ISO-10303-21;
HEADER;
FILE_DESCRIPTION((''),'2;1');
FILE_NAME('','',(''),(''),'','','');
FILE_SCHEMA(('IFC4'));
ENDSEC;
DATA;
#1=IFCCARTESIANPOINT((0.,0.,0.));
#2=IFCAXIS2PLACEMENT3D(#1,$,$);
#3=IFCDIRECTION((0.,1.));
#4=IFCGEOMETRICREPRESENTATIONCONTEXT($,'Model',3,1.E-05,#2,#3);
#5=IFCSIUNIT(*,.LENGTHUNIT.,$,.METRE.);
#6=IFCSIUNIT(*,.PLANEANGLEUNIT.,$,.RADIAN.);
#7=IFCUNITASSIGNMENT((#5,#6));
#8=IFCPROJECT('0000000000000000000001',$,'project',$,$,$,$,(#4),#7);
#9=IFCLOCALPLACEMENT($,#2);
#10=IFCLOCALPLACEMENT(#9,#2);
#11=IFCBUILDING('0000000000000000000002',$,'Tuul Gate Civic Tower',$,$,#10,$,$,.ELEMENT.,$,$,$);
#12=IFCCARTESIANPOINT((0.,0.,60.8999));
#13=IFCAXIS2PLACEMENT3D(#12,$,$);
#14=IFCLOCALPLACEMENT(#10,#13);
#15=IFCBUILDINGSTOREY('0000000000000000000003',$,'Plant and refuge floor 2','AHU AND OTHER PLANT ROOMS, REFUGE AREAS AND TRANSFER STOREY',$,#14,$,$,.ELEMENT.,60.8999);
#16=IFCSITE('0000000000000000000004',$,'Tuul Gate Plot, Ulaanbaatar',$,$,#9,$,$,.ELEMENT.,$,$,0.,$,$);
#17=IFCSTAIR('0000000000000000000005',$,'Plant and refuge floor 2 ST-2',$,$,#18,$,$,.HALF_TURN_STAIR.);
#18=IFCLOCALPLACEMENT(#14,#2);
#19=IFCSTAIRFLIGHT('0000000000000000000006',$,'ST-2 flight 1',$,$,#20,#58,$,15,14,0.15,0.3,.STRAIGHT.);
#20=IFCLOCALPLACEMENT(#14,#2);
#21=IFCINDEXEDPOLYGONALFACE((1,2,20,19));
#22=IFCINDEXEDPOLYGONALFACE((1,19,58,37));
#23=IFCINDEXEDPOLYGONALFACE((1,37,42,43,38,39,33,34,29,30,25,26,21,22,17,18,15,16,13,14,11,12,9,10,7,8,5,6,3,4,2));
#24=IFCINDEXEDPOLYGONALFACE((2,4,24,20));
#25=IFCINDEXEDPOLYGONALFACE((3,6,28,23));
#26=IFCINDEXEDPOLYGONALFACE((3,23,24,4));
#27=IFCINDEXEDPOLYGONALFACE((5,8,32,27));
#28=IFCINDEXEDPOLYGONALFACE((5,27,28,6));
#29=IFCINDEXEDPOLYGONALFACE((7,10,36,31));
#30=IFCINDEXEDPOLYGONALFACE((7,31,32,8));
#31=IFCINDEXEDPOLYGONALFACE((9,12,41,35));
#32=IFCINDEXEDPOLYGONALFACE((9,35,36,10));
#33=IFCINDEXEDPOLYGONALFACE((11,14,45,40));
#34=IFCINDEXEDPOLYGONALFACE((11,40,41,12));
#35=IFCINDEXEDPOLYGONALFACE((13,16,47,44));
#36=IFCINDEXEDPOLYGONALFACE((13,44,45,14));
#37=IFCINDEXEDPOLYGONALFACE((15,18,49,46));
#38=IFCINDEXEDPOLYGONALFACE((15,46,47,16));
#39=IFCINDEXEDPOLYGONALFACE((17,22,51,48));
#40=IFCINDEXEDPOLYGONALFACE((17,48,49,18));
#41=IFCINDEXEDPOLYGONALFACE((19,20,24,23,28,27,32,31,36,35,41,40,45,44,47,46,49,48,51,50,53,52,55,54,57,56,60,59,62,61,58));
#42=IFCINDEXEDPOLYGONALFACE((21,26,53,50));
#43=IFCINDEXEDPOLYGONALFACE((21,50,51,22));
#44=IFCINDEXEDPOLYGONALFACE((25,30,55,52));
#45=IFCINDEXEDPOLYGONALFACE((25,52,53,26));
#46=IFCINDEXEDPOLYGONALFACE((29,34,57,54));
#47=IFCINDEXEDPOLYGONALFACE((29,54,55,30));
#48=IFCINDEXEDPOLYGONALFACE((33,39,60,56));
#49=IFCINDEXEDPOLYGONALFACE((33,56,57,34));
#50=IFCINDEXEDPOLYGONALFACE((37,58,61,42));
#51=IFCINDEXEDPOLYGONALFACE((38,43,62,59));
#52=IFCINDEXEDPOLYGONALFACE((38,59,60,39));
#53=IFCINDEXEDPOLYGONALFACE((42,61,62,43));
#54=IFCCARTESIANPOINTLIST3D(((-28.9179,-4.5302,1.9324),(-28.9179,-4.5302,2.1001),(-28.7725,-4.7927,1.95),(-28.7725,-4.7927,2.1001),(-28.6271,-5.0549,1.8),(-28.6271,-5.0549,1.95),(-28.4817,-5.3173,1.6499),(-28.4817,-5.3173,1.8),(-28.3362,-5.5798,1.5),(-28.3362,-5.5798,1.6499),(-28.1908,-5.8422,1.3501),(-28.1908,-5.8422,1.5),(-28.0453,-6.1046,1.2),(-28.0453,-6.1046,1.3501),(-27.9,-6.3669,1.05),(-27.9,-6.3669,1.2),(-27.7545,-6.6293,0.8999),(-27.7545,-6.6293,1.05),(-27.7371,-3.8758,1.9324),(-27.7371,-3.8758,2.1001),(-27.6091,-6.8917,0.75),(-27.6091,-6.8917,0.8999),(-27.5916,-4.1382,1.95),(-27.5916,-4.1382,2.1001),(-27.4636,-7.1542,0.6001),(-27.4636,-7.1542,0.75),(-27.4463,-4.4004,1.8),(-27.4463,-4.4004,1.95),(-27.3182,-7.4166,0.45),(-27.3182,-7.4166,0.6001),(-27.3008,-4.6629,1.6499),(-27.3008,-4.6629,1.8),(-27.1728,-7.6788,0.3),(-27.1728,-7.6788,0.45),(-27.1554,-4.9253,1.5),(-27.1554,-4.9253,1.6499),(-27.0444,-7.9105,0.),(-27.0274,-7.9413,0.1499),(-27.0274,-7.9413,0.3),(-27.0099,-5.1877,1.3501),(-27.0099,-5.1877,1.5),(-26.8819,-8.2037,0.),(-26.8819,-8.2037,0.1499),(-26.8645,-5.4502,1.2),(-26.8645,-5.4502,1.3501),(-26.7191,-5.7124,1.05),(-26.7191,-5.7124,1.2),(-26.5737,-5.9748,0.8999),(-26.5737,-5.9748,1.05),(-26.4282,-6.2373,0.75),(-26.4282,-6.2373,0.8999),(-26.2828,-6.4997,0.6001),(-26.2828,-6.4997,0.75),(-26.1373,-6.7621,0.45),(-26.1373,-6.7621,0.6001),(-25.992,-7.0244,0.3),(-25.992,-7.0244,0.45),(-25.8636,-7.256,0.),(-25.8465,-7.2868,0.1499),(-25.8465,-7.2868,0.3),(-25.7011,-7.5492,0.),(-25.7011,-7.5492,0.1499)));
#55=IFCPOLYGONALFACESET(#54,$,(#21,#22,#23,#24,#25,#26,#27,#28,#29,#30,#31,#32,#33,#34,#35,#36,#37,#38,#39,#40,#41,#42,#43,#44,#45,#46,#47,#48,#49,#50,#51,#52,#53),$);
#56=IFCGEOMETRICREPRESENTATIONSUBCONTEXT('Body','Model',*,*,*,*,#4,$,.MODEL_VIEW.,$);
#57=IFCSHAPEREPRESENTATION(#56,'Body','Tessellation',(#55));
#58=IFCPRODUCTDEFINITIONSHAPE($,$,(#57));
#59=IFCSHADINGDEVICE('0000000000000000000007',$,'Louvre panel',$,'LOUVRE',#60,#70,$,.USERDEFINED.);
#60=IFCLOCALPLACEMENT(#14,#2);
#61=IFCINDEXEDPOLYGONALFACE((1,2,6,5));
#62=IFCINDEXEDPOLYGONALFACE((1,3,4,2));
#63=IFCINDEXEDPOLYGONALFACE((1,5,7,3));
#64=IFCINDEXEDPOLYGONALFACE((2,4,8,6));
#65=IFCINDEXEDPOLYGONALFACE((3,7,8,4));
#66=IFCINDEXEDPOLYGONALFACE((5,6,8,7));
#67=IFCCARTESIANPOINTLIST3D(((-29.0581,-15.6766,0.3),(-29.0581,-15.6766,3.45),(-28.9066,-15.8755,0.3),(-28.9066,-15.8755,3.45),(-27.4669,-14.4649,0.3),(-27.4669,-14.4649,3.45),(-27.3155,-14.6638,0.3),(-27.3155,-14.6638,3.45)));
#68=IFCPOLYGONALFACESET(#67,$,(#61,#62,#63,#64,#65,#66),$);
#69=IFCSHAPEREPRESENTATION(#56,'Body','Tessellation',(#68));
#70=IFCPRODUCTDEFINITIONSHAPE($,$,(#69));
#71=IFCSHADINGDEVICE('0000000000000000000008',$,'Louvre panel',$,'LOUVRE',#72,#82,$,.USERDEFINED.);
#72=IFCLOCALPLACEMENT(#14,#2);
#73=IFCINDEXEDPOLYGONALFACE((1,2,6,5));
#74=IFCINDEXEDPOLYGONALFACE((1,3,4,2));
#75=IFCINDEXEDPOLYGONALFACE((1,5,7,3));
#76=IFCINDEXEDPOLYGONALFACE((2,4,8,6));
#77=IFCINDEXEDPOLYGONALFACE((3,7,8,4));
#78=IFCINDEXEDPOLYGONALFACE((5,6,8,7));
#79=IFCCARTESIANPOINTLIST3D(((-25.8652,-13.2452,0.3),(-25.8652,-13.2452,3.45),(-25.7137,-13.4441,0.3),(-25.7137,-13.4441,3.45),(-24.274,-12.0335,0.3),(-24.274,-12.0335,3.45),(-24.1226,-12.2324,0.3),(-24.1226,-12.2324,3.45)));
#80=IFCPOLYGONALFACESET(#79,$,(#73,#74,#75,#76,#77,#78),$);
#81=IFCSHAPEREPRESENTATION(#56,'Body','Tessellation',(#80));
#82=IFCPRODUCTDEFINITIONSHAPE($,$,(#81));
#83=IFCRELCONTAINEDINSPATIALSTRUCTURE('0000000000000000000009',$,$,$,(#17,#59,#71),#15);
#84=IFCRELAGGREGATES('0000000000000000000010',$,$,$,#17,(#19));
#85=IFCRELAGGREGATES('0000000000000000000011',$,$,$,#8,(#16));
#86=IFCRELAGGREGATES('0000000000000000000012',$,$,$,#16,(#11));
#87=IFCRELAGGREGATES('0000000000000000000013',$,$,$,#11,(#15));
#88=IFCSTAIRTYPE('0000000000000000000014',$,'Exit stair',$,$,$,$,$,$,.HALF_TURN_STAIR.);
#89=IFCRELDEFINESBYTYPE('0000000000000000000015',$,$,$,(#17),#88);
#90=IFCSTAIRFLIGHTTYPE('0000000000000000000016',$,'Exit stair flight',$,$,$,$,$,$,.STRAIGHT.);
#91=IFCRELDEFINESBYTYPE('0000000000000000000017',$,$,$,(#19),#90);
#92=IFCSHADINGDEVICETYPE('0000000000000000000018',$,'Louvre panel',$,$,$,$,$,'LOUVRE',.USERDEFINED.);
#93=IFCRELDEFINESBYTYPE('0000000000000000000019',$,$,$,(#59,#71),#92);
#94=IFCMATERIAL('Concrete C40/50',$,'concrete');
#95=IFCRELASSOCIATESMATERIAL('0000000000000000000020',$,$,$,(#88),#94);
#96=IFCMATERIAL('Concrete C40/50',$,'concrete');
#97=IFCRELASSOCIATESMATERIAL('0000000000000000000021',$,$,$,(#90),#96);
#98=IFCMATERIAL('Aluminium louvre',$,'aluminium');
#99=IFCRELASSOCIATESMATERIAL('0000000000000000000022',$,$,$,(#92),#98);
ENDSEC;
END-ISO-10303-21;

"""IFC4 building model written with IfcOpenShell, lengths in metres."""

from ifc_helpers import new_model, si_unit, direction, frame, origin, origin_2d, place, context, subcontext, project, spatial, polyline, rectangle, outline, extrude, material, type_object, element, aggregate, save


model = new_model("IFC4")

# Units and contexts
model_context = context("Model", 3, precision=1e-05, world=origin(), true_north=direction((0.0, 1.0)))
body_context = subcontext(model_context, "Body", "Model", "MODEL_VIEW")
ifc_project = project(units=[si_unit("LENGTHUNIT", "METRE"), si_unit("PLANEANGLEUNIT", "RADIAN")], contexts=[model_context])

# Site, building, storey
site_placement = place(None, origin())
site = spatial("IfcSite", under=ifc_project, at=site_placement, Name="Tuul Gate Plot, Ulaanbaatar", CompositionType="ELEMENT", RefElevation=0.0)
building_placement = place(site_placement, origin())
building = spatial("IfcBuilding", under=site, at=building_placement, Name="Tuul Gate Civic Tower", CompositionType="ELEMENT")
storey_placement = place(building_placement, frame((0.0, 0.0, 60.8999)))
storey = spatial("IfcBuildingStorey", under=building, at=storey_placement, Name="Plant and refuge floor 2", Description="AHU AND OTHER PLANT ROOMS, REFUGE AREAS AND TRANSFER STOREY", CompositionType="ELEMENT", Elevation=60.8999)

# Stair, stair flight
ifc_material_1 = material(Name="Concrete C40/50", Category="concrete")
stair_type = type_object("IfcStairType", Name="Exit stair", PredefinedType="HALF_TURN_STAIR", material=ifc_material_1)
stair_placement = place(storey_placement, origin())
stair = element("IfcStair", 1, at=stair_placement, inside=storey, type_object=stair_type, Name="Plant and refuge floor 2 ST-2", PredefinedType="HALF_TURN_STAIR")
ifc_material_2 = material(Name="Concrete C40/50", Category="concrete")
stair_flight_type = type_object("IfcStairFlightType", Name="Exit stair flight", PredefinedType="STRAIGHT", material=ifc_material_2)
stair_flight_placement = place(storey_placement, frame((-26.2915, -7.8765, 0.0), z_axis=(0.0, 0.0, 1.0), x_axis=(-0.484762, 0.874646, 0.0)))
stair_flight = element("IfcStairFlight", 2, at=stair_flight_placement, type_object=stair_flight_type, Name="ST-2 flight 1", NumberOfRisers=15, NumberOfTreads=14, PredefinedType="STRAIGHT", RiserHeight=0.15, TreadLength=0.3, context=body_context, shape_type="SweptSolid", body=[
    extrude(outline(polyline([(0.0, 0.0), (0.0, 0.1499), (0.3, 0.1499), (0.3, 0.3), (0.6001, 0.3), (0.6001, 0.45), (0.8999, 0.45), (0.8999, 0.6001), (1.2, 0.6001), (1.2, 0.75), (1.5, 0.75), (1.5, 0.8999), (1.8, 0.8999), (1.8, 1.05), (2.1001, 1.05), (2.1001, 1.2), (2.3999, 1.2), (2.3999, 1.3501), (2.7, 1.3501), (2.7, 1.5), (3.0, 1.5), (3.0, 1.6499), (3.3, 1.6499), (3.3, 1.8), (3.6001, 1.8), (3.6001, 1.95), (3.8999, 1.95), (3.8999, 2.1001), (4.2, 2.1001), (4.2, 2.25), (4.2, 1.9324), (0.3352, 0.0), (0.0, 0.0)])), frame((0.0, 0.675, 0.0), z_axis=(0.0, -1.0, 0.0), x_axis=(1.0, 0.0, 0.0)), (0.0, 0.0, 1.0), 1.3501),
])
aggregate(stair, [stair_flight])

# Shading devices
ifc_material_3 = material(Name="Aluminium louvre", Category="aluminium")
shading_device_type = type_object("IfcShadingDeviceType", Name="Louvre panel", ElementType="LOUVRE", PredefinedType="USERDEFINED", material=ifc_material_3)
for number, where, z_axis, x_axis, name in (
    (3, (-28.1868, -15.1702, 0.3), (0.0, 0.0, 1.0), (0.605851, -0.795578, 0.0), "Louvre panel"),
    (4, (-24.9939, -12.7388, 0.3), (0.0, 0.0, 1.0), (0.605851, -0.795578, 0.0), "Louvre panel"),
):
    element("IfcShadingDevice", number, at=place(storey_placement, frame(where, z_axis=z_axis, x_axis=x_axis)), inside=storey, type_object=shading_device_type, Name=name, ObjectType="LOUVRE", PredefinedType="USERDEFINED", context=body_context, shape_type="SweptSolid", body=[
        extrude(rectangle(XDim=0.25, YDim=2.0, at=origin_2d()), origin(), (0.0, 0.0, 1.0), 3.1499),
    ])

save(model, "model.ifc")
